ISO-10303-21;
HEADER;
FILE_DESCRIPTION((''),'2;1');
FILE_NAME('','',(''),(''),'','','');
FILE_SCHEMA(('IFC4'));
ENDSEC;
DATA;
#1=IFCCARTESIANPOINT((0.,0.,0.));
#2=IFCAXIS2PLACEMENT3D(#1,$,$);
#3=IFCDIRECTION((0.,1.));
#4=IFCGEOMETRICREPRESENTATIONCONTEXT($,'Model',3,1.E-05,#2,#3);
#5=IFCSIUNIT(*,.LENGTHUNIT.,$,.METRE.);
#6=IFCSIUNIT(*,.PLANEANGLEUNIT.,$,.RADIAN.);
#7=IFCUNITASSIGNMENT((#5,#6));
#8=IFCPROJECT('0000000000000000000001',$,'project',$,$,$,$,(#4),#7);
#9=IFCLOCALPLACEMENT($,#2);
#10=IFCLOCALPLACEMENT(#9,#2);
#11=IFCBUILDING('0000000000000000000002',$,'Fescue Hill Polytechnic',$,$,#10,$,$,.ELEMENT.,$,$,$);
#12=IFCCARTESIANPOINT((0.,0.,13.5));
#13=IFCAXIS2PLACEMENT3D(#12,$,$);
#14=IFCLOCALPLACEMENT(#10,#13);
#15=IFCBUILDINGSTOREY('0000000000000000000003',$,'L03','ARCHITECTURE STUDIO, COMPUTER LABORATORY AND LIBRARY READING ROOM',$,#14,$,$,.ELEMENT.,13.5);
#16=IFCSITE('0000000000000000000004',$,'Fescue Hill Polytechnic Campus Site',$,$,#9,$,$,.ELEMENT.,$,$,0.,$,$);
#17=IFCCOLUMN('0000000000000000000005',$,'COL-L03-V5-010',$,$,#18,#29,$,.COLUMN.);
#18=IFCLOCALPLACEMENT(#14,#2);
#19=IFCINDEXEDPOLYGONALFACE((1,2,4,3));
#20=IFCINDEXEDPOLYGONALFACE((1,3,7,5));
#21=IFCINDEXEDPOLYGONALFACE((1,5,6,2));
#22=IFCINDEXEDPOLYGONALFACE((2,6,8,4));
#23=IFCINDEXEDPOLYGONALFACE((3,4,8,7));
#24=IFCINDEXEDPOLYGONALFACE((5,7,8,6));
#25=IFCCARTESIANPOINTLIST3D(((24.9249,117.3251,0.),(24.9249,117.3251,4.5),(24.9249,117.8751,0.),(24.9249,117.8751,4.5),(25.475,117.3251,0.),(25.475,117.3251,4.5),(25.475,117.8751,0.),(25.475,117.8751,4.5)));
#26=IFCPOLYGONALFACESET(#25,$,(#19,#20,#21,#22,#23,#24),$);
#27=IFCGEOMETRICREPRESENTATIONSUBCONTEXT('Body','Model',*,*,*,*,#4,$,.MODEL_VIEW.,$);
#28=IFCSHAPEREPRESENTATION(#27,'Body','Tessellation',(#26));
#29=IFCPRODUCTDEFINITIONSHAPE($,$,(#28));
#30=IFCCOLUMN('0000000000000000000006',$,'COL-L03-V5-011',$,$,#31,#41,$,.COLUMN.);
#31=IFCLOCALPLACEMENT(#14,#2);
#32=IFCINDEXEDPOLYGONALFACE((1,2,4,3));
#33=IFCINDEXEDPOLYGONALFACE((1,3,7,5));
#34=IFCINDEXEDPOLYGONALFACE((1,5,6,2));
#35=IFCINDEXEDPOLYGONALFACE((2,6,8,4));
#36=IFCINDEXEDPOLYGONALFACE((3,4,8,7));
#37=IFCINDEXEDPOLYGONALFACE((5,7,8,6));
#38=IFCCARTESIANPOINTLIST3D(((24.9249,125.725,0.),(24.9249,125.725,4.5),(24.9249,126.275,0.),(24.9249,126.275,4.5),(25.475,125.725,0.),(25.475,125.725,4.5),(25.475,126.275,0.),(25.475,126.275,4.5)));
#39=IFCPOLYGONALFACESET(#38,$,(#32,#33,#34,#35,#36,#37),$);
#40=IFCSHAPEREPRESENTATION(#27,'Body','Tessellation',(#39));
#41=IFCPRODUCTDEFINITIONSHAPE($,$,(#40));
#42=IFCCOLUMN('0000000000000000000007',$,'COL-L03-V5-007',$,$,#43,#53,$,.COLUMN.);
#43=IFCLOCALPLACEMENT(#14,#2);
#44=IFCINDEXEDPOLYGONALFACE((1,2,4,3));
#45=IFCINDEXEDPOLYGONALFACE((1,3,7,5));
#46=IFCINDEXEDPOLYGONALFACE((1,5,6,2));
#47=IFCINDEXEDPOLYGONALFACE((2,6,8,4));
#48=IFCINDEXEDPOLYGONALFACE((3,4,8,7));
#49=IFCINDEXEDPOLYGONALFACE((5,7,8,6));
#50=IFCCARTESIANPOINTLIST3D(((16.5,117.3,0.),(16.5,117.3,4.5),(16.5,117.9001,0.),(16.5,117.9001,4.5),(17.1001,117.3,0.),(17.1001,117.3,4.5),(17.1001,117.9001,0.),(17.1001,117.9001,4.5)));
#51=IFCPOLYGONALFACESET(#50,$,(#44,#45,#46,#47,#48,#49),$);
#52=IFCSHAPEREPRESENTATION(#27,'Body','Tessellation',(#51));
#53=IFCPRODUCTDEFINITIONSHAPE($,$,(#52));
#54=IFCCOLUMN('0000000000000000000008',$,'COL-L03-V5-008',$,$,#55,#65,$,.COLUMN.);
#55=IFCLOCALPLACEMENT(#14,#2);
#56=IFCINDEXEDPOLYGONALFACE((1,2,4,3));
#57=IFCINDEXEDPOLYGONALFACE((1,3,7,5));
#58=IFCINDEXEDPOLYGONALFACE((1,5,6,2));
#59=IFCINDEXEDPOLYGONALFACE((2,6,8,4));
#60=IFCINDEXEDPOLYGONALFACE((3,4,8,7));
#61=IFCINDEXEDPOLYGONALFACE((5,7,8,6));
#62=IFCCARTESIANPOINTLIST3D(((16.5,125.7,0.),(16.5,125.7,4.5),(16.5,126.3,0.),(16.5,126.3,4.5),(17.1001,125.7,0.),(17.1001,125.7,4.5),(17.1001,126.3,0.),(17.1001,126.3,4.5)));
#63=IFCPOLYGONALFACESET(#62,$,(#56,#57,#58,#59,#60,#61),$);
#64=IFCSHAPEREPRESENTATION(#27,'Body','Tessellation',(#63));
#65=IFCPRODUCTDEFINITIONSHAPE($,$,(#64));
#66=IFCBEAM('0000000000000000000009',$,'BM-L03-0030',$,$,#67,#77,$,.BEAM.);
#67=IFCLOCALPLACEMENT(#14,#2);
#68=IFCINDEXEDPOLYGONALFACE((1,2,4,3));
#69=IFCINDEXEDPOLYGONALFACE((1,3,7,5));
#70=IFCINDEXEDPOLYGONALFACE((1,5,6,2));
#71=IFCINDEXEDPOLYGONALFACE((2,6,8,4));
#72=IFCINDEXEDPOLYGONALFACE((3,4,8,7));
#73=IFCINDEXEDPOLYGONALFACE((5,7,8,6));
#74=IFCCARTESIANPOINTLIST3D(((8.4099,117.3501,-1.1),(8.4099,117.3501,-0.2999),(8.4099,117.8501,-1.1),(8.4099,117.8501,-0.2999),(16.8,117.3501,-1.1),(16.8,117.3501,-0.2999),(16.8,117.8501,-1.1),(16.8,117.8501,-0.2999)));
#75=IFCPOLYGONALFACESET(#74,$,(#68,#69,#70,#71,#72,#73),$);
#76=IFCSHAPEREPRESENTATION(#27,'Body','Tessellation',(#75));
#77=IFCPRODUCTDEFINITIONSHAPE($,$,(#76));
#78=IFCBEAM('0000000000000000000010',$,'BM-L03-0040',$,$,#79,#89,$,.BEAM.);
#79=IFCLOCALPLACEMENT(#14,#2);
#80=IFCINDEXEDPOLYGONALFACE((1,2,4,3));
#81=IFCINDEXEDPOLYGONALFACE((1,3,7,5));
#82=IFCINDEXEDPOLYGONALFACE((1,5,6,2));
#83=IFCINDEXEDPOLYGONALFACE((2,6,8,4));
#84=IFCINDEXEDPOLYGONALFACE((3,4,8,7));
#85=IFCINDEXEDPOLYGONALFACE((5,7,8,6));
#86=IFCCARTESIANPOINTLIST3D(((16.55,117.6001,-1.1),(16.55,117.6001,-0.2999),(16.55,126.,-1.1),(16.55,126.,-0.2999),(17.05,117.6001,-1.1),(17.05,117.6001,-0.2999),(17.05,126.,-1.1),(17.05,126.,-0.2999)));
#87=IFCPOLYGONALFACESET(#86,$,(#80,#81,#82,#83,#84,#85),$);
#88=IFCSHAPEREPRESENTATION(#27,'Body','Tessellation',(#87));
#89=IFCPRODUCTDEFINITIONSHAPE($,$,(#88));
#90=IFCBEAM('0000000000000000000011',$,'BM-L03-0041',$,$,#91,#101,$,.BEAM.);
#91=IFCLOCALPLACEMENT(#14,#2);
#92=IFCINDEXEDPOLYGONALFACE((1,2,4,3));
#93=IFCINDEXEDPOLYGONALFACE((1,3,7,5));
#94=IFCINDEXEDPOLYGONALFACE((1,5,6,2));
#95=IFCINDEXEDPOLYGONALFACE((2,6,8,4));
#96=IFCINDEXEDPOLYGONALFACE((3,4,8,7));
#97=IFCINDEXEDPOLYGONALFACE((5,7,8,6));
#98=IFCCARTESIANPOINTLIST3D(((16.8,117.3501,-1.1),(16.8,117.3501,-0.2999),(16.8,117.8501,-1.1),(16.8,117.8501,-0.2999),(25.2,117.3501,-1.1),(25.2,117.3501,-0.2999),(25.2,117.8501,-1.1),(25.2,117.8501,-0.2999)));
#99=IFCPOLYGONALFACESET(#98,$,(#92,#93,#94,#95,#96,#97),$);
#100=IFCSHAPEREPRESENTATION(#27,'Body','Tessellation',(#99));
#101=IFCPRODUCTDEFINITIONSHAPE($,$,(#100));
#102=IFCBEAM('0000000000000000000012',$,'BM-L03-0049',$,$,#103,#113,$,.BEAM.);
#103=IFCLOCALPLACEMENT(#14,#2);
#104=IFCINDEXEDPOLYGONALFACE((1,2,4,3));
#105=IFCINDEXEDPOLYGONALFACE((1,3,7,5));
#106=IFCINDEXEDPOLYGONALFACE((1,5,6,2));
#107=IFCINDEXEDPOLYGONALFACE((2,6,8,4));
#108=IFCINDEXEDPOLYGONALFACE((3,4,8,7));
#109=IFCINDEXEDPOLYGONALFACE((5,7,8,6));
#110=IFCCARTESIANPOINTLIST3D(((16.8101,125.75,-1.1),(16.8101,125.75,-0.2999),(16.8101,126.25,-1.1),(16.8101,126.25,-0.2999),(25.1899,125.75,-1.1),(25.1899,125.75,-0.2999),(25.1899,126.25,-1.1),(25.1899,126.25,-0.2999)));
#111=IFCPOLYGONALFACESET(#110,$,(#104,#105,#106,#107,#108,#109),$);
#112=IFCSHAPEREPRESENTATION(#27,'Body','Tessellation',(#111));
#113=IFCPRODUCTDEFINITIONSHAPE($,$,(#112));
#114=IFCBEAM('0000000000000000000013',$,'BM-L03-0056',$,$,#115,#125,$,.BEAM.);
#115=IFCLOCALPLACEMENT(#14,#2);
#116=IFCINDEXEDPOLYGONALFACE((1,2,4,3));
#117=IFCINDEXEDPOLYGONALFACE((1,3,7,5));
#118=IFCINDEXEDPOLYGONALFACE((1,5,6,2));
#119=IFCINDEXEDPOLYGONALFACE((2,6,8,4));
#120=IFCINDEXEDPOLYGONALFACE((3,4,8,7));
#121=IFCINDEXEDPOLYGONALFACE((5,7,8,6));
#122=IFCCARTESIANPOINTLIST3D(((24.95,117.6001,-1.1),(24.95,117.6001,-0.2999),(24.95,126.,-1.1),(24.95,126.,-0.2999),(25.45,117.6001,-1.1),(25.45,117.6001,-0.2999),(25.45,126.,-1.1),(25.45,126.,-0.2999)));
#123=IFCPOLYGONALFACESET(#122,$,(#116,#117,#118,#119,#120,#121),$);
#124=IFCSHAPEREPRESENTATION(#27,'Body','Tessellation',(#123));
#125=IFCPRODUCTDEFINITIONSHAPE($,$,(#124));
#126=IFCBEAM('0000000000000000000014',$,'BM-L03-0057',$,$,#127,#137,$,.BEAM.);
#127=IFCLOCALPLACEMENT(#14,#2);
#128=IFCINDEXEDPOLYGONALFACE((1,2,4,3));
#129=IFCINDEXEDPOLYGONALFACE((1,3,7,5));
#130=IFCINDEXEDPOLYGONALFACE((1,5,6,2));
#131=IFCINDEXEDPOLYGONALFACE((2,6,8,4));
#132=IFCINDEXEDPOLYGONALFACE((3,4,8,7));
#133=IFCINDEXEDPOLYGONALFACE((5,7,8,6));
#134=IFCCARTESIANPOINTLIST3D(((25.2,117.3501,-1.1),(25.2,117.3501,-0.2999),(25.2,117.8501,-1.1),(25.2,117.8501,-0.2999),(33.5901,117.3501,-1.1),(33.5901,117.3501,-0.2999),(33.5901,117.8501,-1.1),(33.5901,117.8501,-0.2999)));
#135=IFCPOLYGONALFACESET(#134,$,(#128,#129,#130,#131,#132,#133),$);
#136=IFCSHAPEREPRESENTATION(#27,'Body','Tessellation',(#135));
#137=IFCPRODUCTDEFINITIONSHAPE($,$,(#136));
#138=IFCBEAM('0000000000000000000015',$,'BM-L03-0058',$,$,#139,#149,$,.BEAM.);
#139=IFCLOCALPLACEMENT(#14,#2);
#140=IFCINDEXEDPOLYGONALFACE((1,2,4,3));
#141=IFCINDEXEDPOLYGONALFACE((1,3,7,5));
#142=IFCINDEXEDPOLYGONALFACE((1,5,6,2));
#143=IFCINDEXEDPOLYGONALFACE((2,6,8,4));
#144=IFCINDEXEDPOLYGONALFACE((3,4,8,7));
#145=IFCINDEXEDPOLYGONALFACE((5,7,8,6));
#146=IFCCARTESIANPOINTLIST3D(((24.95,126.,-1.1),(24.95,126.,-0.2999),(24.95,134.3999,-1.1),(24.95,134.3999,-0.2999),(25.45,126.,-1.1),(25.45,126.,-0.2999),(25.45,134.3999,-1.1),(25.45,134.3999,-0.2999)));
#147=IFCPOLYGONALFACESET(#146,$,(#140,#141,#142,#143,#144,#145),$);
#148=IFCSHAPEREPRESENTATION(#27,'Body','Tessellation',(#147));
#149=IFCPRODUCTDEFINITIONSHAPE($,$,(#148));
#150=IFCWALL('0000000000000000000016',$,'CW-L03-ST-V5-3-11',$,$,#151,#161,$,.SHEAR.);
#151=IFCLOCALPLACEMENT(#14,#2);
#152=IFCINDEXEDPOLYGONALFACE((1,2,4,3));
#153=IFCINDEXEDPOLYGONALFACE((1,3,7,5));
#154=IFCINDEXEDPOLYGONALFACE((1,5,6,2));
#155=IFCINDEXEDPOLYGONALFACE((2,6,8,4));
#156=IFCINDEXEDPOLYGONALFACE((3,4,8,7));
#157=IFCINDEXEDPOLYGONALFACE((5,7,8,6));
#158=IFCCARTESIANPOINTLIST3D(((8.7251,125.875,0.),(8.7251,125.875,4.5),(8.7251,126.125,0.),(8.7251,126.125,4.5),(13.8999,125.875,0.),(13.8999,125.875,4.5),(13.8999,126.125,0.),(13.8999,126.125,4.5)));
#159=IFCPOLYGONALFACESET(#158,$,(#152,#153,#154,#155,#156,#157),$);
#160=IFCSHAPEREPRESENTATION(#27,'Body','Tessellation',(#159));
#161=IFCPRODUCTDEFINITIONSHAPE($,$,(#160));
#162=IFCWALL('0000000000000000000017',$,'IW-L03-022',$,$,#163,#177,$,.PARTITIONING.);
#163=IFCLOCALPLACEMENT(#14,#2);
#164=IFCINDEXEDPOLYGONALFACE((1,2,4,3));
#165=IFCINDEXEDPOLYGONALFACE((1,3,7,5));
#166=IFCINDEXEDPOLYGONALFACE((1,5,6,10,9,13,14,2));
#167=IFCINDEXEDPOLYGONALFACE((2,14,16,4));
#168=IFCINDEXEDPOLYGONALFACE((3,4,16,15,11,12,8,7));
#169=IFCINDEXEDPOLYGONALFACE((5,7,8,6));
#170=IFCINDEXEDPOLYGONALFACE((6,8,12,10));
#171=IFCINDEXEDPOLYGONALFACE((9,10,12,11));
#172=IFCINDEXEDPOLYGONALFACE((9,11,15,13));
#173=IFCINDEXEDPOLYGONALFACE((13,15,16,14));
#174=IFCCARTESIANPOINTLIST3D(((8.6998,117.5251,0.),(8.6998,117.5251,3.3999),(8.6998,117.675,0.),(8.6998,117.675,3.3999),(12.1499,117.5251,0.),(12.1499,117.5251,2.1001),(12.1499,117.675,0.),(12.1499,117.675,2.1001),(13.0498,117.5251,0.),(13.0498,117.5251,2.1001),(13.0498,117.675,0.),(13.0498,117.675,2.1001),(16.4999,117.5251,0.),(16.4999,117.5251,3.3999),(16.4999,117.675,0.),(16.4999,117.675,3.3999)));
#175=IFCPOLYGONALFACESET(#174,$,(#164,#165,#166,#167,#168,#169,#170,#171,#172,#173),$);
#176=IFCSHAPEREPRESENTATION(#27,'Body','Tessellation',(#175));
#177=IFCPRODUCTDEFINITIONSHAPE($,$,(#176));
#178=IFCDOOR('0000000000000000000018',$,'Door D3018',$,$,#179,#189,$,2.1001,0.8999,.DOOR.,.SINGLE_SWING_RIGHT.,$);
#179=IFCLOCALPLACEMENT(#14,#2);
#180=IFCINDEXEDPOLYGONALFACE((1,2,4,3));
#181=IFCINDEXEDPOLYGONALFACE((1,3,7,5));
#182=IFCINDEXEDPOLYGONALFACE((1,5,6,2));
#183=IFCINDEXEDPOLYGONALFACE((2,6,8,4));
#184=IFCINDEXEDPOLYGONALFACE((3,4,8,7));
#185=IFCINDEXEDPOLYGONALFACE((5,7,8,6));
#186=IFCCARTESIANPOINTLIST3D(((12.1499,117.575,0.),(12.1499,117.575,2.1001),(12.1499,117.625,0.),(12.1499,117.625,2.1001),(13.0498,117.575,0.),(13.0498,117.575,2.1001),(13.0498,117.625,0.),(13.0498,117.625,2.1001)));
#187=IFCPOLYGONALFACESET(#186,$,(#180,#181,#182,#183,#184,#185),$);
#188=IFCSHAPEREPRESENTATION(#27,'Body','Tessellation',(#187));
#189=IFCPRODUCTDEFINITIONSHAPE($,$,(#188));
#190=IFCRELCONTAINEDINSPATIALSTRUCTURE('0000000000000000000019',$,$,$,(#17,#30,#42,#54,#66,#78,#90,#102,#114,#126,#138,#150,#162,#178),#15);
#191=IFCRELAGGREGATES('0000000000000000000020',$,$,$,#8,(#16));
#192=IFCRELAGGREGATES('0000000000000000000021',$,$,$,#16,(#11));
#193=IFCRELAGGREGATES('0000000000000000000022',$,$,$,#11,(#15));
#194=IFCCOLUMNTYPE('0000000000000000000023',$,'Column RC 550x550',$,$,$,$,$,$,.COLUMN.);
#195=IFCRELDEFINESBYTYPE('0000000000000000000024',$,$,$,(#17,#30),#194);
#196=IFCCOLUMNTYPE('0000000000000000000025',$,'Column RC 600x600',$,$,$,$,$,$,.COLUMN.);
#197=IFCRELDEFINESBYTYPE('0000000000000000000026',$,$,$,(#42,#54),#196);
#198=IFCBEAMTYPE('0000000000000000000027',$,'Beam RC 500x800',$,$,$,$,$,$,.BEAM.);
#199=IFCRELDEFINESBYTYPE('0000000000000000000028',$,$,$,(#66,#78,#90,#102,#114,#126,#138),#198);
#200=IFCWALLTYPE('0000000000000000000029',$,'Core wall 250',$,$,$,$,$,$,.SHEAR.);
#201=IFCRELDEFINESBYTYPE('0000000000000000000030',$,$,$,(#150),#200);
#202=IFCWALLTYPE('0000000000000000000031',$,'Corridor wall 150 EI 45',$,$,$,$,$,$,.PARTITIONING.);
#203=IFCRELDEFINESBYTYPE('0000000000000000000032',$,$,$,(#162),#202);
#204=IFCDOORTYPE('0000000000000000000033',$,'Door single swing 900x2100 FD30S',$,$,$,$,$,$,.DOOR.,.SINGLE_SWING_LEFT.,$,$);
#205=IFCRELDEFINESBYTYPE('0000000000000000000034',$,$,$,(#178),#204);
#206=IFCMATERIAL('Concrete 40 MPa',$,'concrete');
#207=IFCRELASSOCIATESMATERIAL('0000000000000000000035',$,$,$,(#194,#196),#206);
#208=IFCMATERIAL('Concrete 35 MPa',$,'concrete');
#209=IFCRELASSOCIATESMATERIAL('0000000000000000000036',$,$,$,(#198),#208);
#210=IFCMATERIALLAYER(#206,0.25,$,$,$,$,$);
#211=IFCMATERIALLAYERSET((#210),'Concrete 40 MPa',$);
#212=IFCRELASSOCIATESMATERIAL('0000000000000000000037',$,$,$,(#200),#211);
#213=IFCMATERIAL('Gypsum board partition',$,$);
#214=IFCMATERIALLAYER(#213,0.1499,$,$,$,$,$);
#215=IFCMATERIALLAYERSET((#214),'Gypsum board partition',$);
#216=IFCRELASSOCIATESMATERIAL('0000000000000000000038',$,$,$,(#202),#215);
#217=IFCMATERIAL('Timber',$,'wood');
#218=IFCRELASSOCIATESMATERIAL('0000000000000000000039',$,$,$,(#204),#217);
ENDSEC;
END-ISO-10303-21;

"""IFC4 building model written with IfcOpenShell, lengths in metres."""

from ifc_helpers import new_model, si_unit, direction, frame, frame_2d, origin, origin_2d, place, context, subcontext, project, spatial, rectangle, extrude, material, layer, layer_set, material_profile, profile_set, type_object, element, fill, save


model = new_model("IFC4")

# Units and contexts
model_context = context("Model", 3, precision=1e-05, world=origin(), true_north=direction((0.0, 1.0)))
body_context = subcontext(model_context, "Body", "Model", "MODEL_VIEW")
ifc_project = project(units=[si_unit("LENGTHUNIT", "METRE"), si_unit("PLANEANGLEUNIT", "RADIAN")], contexts=[model_context])

# Site, building, storey
site_placement = place(None, origin())
site = spatial("IfcSite", under=ifc_project, at=site_placement, Name="Fescue Hill Polytechnic Campus Site", CompositionType="ELEMENT", RefElevation=0.0)
building_placement = place(site_placement, origin())
building = spatial("IfcBuilding", under=site, at=building_placement, Name="Fescue Hill Polytechnic", CompositionType="ELEMENT")
storey_placement = place(building_placement, frame((0.0, 0.0, 13.5)))
storey = spatial("IfcBuildingStorey", under=building, at=storey_placement, Name="L03", Description="ARCHITECTURE STUDIO, COMPUTER LABORATORY AND LIBRARY READING ROOM", CompositionType="ELEMENT", Elevation=13.5)

# Columns
ifc_material_1 = material(Name="Concrete 40 MPa", Category="concrete")
ifc_material_profile_1 = material_profile(ifc_material_1, rectangle(XDim=0.55, YDim=0.55, at=origin_2d()), Name="RC 550x550")
ifc_profile_set_1 = profile_set([ifc_material_profile_1], Name="Concrete 40 MPa")
column_type_1 = type_object("IfcColumnType", Name="Column RC 550x550", PredefinedType="COLUMN", material=ifc_profile_set_1)
for number, where, z_axis, x_axis, name in (
    (1, (25.2, 117.6001, 0.0), (0.0, 0.0, 1.0), (1.0, 0.0, 0.0), "COL-L03-V5-010"),
    (2, (25.2, 126.0, 0.0), (0.0, 0.0, 1.0), (1.0, 0.0, 0.0), "COL-L03-V5-011"),
):
    element("IfcColumn", number, at=place(storey_placement, frame(where, z_axis=z_axis, x_axis=x_axis)), inside=storey, type_object=column_type_1, Name=name, PredefinedType="COLUMN", context=body_context, shape_type="SweptSolid", body=[
        extrude(rectangle(XDim=0.55, YDim=0.55, at=origin_2d()), origin(), (0.0, 0.0, 1.0), 4.5),
    ])
ifc_material_profile_2 = material_profile(ifc_material_1, rectangle(XDim=0.6001, YDim=0.6001, at=origin_2d()), Name="RC 600x600")
ifc_profile_set_2 = profile_set([ifc_material_profile_2], Name="Concrete 40 MPa")
column_type_2 = type_object("IfcColumnType", Name="Column RC 600x600", PredefinedType="COLUMN", material=ifc_profile_set_2)
for number, where, z_axis, x_axis, name in (
    (3, (16.8, 117.6001, 0.0), (0.0, 0.0, 1.0), (1.0, 0.0, 0.0), "COL-L03-V5-007"),
    (4, (16.8, 126.0, 0.0), (0.0, 0.0, 1.0), (1.0, 0.0, 0.0), "COL-L03-V5-008"),
):
    element("IfcColumn", number, at=place(storey_placement, frame(where, z_axis=z_axis, x_axis=x_axis)), inside=storey, type_object=column_type_2, Name=name, PredefinedType="COLUMN", context=body_context, shape_type="SweptSolid", body=[
        extrude(rectangle(XDim=0.6001, YDim=0.6001, at=origin_2d()), origin(), (0.0, 0.0, 1.0), 4.5),
    ])

# Beams
ifc_material_2 = material(Name="Concrete 35 MPa", Category="concrete")
ifc_material_profile_3 = material_profile(ifc_material_2, rectangle(XDim=0.5, YDim=0.8, at=origin_2d()), Name="RC 500x800")
ifc_profile_set_3 = profile_set([ifc_material_profile_3], Name="Concrete 35 MPa")
beam_type = type_object("IfcBeamType", Name="Beam RC 500x800", PredefinedType="BEAM", material=ifc_profile_set_3)
beam_1_placement = place(storey_placement, frame((8.4099, 117.6001, -0.7), z_axis=(1.0, 0.0, 0.0), x_axis=(0.0, 1.0, 0.0)))
element("IfcBeam", 5, at=beam_1_placement, inside=storey, type_object=beam_type, Name="BM-L03-0030", PredefinedType="BEAM", context=body_context, shape_type="SweptSolid", body=[
    extrude(rectangle(XDim=0.5, YDim=0.8, at=origin_2d()), origin(), (0.0, 0.0, 1.0), 8.3901),
])
for number, where, z_axis, x_axis, name in (
    (6, (16.8, 117.6001, -0.7), (0.0, 1.0, 0.0), (-1.0, 0.0, 0.0), "BM-L03-0040"),
    (7, (16.8, 117.6001, -0.7), (1.0, 0.0, 0.0), (0.0, 1.0, 0.0), "BM-L03-0041"),
):
    element("IfcBeam", number, at=place(storey_placement, frame(where, z_axis=z_axis, x_axis=x_axis)), inside=storey, type_object=beam_type, Name=name, PredefinedType="BEAM", context=body_context, shape_type="SweptSolid", body=[
        extrude(rectangle(XDim=0.5, YDim=0.8, at=origin_2d()), origin(), (0.0, 0.0, 1.0), 8.3999),
    ])
beam_2_placement = place(storey_placement, frame((16.8101, 126.0, -0.7), z_axis=(1.0, 0.0, 0.0), x_axis=(0.0, 1.0, 0.0)))
element("IfcBeam", 8, at=beam_2_placement, inside=storey, type_object=beam_type, Name="BM-L03-0049", PredefinedType="BEAM", context=body_context, shape_type="SweptSolid", body=[
    extrude(rectangle(XDim=0.5, YDim=0.8, at=origin_2d()), origin(), (0.0, 0.0, 1.0), 8.3799),
])
beam_3_placement = place(storey_placement, frame((25.2, 117.6001, -0.7), z_axis=(0.0, 1.0, 0.0), x_axis=(-1.0, 0.0, 0.0)))
element("IfcBeam", 9, at=beam_3_placement, inside=storey, type_object=beam_type, Name="BM-L03-0056", PredefinedType="BEAM", context=body_context, shape_type="SweptSolid", body=[
    extrude(rectangle(XDim=0.5, YDim=0.8, at=origin_2d()), origin(), (0.0, 0.0, 1.0), 8.3999),
])
beam_4_placement = place(storey_placement, frame((25.2, 117.6001, -0.7), z_axis=(1.0, 0.0, 0.0), x_axis=(0.0, 1.0, 0.0)))
element("IfcBeam", 10, at=beam_4_placement, inside=storey, type_object=beam_type, Name="BM-L03-0057", PredefinedType="BEAM", context=body_context, shape_type="SweptSolid", body=[
    extrude(rectangle(XDim=0.5, YDim=0.8, at=origin_2d()), origin(), (0.0, 0.0, 1.0), 8.3901),
])
beam_5_placement = place(storey_placement, frame((25.2, 126.0, -0.7), z_axis=(0.0, 1.0, 0.0), x_axis=(-1.0, 0.0, 0.0)))
element("IfcBeam", 11, at=beam_5_placement, inside=storey, type_object=beam_type, Name="BM-L03-0058", PredefinedType="BEAM", context=body_context, shape_type="SweptSolid", body=[
    extrude(rectangle(XDim=0.5, YDim=0.8, at=origin_2d()), origin(), (0.0, 0.0, 1.0), 8.3999),
])

# Wall
ifc_layer_1 = layer(ifc_material_1, 0.25)
ifc_layer_set_1 = layer_set([ifc_layer_1], Name="Concrete 40 MPa")
wall_type_1 = type_object("IfcWallType", Name="Core wall 250", PredefinedType="SHEAR", material=ifc_layer_set_1)
wall_1_placement = place(storey_placement, frame((8.7251, 126.0, 0.0), z_axis=(0.0, 0.0, 1.0), x_axis=(1.0, 0.0, 0.0)))
element("IfcWall", 12, at=wall_1_placement, inside=storey, type_object=wall_type_1, Name="CW-L03-ST-V5-3-11", PredefinedType="SHEAR", context=body_context, shape_type="SweptSolid", body=[
    extrude(rectangle(XDim=5.1748, YDim=0.25, at=frame_2d((2.5874, 0.0))), origin(), (0.0, 0.0, 1.0), 4.5),
])

# Wall, opening, door
ifc_material_3 = material(Name="Gypsum board partition")
ifc_layer_2 = layer(ifc_material_3, 0.1499)
ifc_layer_set_2 = layer_set([ifc_layer_2], Name="Gypsum board partition")
wall_type_2 = type_object("IfcWallType", Name="Corridor wall 150 EI 45", PredefinedType="PARTITIONING", material=ifc_layer_set_2)
wall_2_placement = place(storey_placement, frame((8.7, 117.6001, 0.0), z_axis=(0.0, 0.0, 1.0), x_axis=(1.0, 0.0, 0.0)))
wall_2 = element("IfcWall", 13, at=wall_2_placement, inside=storey, type_object=wall_type_2, Name="IW-L03-022", PredefinedType="PARTITIONING", context=body_context, shape_type="SweptSolid", body=[
    extrude(rectangle(XDim=7.8, YDim=0.1499, at=frame_2d((3.8999, 0.0))), origin(), (0.0, 0.0, 1.0), 3.3999),
])
opening_1_placement = place(wall_2_placement, frame((3.45, 0.0, 0.0)))
opening_1 = element("IfcOpeningElement", 14, at=opening_1_placement, cuts=wall_2, PredefinedType="OPENING", context=body_context, shape_type="SweptSolid", body=[
    extrude(rectangle(XDim=0.8999, YDim=2.1001, at=frame_2d((0.45, 1.05))), frame((0.0, 0.085, 0.0), z_axis=(0.0, -1.0, 0.0), x_axis=(1.0, 0.0, 0.0)), (0.0, 0.0, 1.0), 0.1699),
])
ifc_material_4 = material(Name="Timber", Category="wood")
door_type_1 = type_object("IfcDoorType", Name="Door single swing 900x2100 FD30S", OperationType="SINGLE_SWING_LEFT", PredefinedType="DOOR", material=ifc_material_4)
door_1_placement = place(opening_1_placement, origin())
door_1 = element("IfcDoor", 15, at=door_1_placement, inside=storey, type_object=door_type_1, Name="Door D3018", OperationType="SINGLE_SWING_RIGHT", OverallHeight=2.1001, OverallWidth=0.8999, PredefinedType="DOOR", context=body_context, shape_type="SweptSolid", body=[
    extrude(rectangle(XDim=0.8999, YDim=2.1001, at=frame_2d((0.45, 1.05))), frame((0.0, 0.0249, 0.0), z_axis=(0.0, -1.0, 0.0), x_axis=(1.0, 0.0, 0.0)), (0.0, 0.0, 1.0), 0.05),
])
fill(opening_1, door_1)

save(model, "model.ifc")
